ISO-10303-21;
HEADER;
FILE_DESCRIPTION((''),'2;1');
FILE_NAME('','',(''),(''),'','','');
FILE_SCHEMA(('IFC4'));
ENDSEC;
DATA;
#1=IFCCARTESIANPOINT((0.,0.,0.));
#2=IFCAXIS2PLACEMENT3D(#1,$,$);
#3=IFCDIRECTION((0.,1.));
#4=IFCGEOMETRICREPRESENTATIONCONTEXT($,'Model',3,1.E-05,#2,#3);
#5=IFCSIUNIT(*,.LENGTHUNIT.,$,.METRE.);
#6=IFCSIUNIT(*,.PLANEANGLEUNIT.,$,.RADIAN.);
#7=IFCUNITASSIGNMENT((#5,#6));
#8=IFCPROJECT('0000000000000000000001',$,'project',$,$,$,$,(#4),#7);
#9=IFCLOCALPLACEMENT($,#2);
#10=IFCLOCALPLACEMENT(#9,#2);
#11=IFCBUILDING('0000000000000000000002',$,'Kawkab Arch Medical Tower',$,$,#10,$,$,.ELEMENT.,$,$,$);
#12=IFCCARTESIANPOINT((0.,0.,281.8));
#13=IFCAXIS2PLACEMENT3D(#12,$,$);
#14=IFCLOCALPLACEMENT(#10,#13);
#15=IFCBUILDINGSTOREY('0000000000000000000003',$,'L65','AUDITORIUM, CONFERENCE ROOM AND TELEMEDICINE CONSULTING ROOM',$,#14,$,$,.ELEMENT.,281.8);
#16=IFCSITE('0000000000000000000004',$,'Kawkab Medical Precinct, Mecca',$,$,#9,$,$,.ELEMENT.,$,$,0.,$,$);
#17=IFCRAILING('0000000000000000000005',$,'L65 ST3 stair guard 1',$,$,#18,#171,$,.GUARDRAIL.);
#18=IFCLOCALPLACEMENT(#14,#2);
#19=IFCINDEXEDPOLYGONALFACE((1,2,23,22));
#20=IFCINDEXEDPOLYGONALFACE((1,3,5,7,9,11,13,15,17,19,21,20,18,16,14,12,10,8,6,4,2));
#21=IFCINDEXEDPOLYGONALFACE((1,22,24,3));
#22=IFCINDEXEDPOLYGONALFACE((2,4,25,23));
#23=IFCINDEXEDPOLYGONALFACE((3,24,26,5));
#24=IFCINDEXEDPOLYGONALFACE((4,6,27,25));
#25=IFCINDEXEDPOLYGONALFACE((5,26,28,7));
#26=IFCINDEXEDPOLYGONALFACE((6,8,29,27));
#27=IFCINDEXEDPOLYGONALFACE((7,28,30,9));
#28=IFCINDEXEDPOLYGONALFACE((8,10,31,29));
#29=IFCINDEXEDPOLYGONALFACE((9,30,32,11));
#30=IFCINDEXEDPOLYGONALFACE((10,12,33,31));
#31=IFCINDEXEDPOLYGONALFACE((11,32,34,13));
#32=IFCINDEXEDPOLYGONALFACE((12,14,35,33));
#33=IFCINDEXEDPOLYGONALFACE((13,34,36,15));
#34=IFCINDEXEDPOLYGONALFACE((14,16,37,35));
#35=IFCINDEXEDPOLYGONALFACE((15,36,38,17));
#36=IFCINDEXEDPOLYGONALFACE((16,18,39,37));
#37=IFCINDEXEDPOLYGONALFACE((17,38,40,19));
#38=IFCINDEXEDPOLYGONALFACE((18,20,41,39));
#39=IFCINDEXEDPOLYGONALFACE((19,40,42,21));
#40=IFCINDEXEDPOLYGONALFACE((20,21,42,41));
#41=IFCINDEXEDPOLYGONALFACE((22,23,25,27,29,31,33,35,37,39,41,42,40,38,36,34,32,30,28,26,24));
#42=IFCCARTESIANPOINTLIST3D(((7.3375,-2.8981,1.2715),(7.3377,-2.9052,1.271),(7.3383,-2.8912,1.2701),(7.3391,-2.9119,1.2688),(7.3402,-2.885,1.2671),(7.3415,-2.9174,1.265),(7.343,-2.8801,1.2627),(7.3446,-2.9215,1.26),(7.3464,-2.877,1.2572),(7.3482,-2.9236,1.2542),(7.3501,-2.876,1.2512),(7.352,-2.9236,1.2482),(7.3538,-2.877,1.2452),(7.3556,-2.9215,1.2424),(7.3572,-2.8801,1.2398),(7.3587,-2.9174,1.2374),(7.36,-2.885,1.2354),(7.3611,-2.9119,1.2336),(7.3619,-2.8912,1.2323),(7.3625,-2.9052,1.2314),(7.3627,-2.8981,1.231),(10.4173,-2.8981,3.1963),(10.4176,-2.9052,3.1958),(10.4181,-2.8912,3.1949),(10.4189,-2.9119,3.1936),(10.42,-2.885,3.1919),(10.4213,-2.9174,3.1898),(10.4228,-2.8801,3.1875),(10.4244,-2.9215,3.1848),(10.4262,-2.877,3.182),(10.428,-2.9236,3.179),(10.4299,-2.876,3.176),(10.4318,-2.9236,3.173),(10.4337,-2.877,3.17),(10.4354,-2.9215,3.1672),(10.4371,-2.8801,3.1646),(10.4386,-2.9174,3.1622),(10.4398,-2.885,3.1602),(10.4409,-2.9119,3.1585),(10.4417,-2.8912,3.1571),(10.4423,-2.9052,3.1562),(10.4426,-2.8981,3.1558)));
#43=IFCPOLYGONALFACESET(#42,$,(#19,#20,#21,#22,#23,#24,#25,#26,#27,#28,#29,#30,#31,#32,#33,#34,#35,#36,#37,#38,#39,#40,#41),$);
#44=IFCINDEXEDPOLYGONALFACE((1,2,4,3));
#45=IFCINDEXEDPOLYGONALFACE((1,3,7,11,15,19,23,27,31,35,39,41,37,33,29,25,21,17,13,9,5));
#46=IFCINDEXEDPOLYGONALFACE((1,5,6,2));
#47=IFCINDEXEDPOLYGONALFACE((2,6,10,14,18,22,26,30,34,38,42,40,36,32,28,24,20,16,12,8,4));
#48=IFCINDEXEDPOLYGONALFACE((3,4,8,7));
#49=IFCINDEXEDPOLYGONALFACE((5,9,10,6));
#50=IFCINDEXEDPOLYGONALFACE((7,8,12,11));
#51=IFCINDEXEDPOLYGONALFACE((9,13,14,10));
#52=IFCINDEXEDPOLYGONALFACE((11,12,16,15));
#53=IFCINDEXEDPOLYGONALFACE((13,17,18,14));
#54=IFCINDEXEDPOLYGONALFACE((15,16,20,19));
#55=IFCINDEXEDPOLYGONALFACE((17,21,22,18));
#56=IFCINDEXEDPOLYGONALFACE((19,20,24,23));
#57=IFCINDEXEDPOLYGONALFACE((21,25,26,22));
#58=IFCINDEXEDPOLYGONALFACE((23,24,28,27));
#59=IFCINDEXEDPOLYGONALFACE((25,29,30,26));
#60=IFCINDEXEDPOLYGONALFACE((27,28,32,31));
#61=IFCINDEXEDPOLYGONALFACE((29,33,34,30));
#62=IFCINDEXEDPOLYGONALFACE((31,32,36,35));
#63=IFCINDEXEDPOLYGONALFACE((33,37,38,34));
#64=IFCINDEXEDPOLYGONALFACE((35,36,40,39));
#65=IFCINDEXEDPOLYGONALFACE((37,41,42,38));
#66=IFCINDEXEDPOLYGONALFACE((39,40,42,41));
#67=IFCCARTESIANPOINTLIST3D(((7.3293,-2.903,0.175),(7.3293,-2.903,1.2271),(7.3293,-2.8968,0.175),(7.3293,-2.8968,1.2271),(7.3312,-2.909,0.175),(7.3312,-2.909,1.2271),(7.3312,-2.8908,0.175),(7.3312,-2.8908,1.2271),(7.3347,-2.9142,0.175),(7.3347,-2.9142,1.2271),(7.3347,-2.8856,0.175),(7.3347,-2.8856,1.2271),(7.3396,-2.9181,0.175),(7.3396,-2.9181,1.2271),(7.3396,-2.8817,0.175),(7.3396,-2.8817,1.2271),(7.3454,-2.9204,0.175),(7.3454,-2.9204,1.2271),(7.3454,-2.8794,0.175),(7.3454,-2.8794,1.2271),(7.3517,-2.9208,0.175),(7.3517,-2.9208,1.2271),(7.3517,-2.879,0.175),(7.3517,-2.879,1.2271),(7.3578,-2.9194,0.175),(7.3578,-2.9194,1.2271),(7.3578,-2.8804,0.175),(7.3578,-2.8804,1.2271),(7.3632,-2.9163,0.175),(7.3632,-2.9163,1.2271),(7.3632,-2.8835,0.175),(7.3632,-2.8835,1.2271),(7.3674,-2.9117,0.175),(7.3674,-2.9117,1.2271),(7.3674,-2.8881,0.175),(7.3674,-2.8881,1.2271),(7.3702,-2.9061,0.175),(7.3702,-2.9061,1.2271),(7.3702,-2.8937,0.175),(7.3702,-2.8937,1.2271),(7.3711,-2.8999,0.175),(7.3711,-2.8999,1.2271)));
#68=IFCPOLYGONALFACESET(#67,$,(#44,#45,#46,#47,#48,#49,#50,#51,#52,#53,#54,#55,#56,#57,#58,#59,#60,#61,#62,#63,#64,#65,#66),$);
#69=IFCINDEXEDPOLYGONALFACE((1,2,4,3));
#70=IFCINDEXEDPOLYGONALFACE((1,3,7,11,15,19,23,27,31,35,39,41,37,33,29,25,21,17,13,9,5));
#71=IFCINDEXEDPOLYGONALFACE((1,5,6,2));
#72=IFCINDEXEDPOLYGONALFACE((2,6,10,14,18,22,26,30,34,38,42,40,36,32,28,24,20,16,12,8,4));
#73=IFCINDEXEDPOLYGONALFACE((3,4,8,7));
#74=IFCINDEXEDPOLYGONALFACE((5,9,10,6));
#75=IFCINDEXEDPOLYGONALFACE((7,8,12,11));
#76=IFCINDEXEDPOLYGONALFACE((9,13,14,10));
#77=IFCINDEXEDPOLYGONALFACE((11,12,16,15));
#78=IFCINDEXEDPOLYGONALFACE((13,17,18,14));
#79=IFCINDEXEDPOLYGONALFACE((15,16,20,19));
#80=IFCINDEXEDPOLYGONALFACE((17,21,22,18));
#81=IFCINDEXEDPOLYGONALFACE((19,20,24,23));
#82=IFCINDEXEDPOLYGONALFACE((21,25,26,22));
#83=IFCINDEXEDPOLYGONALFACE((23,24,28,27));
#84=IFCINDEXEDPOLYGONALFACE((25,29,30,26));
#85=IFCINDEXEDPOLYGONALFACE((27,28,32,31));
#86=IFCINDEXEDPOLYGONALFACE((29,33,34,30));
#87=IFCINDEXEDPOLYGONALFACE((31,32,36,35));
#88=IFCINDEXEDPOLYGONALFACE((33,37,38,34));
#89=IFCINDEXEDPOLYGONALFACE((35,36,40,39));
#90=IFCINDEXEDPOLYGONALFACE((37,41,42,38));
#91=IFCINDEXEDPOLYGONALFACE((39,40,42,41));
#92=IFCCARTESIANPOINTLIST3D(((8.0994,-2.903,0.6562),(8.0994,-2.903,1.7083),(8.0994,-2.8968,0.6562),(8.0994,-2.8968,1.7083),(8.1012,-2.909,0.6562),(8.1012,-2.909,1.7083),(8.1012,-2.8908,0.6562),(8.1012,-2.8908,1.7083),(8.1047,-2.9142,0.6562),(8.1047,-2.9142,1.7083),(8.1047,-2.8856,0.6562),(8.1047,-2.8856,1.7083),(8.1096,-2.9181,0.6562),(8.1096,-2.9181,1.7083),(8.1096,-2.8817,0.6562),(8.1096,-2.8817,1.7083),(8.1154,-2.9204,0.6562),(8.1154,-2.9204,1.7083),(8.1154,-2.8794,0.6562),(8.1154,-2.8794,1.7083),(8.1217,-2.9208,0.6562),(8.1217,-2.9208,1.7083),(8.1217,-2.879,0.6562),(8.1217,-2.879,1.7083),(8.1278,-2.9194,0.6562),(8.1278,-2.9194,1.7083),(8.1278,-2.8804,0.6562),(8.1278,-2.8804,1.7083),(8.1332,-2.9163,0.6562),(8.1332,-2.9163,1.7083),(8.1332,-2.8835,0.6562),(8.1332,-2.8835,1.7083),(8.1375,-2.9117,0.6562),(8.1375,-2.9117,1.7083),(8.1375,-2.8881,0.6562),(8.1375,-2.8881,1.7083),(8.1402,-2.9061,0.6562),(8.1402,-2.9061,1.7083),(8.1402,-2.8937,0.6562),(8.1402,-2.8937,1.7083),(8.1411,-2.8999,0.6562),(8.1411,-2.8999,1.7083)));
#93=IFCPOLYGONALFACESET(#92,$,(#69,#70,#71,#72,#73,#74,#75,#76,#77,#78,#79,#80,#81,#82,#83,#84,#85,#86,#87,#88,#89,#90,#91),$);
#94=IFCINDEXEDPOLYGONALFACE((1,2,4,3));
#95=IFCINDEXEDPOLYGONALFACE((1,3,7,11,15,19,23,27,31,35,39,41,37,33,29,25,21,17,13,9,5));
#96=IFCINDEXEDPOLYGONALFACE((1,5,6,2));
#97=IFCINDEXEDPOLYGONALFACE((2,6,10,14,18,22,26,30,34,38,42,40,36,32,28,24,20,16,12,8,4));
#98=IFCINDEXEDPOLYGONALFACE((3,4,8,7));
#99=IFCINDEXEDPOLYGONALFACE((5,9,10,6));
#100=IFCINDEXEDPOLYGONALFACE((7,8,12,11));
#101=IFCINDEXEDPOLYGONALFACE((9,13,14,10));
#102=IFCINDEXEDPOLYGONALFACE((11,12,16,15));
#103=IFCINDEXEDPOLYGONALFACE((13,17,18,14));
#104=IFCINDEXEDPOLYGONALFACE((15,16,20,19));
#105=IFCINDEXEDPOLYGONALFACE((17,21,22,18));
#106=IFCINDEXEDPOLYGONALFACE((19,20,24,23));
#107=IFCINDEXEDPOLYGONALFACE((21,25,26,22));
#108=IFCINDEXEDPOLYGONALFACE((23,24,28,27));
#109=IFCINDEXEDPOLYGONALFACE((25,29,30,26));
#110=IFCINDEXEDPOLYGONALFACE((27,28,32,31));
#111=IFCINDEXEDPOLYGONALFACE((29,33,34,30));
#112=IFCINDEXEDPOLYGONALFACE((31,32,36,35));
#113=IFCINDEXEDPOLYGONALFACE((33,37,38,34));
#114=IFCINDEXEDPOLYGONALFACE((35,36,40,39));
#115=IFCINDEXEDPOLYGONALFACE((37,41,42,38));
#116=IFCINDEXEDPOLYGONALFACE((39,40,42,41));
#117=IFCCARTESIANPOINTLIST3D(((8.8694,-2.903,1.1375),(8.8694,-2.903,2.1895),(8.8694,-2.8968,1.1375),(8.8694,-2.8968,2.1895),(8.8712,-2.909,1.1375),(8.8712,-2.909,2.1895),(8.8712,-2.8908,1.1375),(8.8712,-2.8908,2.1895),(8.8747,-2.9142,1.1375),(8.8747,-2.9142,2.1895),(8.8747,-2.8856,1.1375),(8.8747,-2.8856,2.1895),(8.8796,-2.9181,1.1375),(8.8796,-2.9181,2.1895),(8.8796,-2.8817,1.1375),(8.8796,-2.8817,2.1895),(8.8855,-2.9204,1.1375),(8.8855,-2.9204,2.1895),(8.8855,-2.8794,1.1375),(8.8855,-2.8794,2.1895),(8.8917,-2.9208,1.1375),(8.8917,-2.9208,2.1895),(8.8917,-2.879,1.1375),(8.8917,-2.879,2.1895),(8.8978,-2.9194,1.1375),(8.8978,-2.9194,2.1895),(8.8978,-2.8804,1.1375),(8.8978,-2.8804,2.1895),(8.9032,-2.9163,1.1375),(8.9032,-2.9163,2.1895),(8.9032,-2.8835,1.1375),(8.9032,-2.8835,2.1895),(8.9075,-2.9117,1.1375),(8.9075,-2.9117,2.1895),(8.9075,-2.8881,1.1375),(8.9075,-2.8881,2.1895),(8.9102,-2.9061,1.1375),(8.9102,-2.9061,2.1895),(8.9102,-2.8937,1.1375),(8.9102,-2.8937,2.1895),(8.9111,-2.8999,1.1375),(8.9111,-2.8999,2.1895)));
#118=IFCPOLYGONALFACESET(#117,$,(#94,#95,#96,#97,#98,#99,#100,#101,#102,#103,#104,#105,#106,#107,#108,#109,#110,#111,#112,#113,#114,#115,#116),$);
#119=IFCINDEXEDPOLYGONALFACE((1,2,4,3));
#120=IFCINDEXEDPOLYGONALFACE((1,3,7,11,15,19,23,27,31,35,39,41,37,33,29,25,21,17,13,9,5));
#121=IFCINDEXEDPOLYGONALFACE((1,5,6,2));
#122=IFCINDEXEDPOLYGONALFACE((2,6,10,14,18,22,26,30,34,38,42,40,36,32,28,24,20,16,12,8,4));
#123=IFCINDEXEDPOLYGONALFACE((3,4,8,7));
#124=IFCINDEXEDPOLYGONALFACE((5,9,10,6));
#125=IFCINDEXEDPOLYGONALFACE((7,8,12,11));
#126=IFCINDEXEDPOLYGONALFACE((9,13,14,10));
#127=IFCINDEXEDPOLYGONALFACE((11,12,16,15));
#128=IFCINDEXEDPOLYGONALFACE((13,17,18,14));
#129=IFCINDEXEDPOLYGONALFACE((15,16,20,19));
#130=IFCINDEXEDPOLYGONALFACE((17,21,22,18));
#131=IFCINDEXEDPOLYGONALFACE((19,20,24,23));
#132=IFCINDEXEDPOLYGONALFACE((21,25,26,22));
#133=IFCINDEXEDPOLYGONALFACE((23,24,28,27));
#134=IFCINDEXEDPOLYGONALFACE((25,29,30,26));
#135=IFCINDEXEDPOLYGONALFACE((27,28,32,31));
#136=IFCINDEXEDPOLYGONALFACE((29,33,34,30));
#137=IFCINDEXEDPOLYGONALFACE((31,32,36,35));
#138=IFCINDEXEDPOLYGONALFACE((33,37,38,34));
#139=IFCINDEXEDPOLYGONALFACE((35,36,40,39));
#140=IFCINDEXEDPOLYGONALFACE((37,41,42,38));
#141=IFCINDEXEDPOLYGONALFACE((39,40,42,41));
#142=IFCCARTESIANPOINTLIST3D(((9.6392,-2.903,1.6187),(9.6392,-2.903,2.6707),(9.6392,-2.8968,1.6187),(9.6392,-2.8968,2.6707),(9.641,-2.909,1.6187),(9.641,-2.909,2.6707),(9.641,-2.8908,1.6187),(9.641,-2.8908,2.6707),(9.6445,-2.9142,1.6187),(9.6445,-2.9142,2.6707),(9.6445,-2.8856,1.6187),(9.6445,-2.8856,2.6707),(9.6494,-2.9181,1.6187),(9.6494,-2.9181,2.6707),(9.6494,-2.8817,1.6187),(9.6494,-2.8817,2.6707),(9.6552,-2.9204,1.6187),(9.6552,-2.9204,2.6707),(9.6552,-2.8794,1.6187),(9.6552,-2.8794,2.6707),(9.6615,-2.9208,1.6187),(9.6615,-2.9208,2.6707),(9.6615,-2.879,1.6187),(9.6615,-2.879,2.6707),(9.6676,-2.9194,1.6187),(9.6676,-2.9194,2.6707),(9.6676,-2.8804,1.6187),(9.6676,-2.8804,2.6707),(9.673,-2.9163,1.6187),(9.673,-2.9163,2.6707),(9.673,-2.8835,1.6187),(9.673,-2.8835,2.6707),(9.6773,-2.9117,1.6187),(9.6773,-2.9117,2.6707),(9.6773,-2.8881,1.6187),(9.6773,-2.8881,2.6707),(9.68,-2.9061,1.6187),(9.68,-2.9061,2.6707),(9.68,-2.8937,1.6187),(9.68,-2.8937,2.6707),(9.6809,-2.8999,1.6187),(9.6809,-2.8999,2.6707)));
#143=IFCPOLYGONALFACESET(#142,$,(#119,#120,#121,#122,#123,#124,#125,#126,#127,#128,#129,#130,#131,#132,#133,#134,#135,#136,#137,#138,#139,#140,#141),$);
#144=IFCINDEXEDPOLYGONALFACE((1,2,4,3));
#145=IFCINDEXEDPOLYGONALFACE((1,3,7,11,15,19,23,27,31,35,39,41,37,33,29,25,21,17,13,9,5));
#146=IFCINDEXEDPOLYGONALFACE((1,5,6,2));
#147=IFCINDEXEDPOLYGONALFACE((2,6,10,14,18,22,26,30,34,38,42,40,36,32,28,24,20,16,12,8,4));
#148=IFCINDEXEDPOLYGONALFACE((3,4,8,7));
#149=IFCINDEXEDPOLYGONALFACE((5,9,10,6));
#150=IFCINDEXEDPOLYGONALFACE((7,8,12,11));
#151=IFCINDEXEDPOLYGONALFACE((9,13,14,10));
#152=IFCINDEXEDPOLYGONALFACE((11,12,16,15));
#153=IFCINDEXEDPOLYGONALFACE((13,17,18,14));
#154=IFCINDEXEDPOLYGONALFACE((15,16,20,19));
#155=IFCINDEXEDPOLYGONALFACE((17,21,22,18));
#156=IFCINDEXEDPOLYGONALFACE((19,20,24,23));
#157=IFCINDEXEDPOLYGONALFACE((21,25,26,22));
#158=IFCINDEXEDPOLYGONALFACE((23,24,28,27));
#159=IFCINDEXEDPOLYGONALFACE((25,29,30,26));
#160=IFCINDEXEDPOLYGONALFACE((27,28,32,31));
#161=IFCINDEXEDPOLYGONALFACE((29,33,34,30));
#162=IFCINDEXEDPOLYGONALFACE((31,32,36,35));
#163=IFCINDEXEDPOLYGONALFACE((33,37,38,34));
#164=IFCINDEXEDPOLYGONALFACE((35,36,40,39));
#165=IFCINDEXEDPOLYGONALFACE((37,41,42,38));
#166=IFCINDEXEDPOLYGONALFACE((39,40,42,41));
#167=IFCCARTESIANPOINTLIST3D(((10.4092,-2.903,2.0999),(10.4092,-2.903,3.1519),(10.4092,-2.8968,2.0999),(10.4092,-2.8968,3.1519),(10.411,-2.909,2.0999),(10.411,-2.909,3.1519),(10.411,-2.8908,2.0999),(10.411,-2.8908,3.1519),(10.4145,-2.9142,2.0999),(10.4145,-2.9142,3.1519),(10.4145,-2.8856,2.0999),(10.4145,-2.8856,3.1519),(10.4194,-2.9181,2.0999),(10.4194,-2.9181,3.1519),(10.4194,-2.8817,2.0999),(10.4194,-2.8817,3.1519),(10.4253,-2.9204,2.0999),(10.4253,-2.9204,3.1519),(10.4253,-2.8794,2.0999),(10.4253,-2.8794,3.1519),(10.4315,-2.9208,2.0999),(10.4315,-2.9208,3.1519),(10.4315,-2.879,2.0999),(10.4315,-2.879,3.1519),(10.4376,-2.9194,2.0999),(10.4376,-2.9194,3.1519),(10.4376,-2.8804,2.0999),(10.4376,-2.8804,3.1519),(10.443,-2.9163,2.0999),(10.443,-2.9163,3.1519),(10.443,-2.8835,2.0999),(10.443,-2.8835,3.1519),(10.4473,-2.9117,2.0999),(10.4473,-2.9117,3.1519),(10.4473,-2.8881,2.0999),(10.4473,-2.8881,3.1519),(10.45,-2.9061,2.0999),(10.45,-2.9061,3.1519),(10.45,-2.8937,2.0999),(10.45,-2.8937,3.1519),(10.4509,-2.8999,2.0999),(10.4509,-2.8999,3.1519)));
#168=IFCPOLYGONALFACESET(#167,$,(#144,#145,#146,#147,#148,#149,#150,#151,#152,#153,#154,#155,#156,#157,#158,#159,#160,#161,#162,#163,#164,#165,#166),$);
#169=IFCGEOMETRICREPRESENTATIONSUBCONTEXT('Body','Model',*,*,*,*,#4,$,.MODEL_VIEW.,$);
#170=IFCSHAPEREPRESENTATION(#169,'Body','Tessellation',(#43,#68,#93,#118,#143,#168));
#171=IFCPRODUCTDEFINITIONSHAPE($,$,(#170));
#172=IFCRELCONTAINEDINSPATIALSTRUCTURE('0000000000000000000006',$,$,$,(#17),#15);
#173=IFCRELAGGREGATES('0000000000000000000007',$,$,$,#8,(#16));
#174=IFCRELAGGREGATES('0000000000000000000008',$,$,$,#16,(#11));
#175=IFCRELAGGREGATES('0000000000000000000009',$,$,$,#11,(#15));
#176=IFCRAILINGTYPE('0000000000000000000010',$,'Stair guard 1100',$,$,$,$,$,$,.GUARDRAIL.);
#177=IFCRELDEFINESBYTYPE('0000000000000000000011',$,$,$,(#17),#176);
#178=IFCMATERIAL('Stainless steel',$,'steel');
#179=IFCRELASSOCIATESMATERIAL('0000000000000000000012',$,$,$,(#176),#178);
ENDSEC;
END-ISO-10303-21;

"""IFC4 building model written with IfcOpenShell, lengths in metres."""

from ifc_helpers import new_model, si_unit, direction, frame, origin, origin_2d, place, context, subcontext, project, spatial, circle, extrude, material, type_object, element, save


model = new_model("IFC4")

# Units and contexts
model_context = context("Model", 3, precision=1e-05, world=origin(), true_north=direction((0.0, 1.0)))
body_context = subcontext(model_context, "Body", "Model", "MODEL_VIEW")
ifc_project = project(units=[si_unit("LENGTHUNIT", "METRE"), si_unit("PLANEANGLEUNIT", "RADIAN")], contexts=[model_context])

# Site, building, storey
site_placement = place(None, origin())
site = spatial("IfcSite", under=ifc_project, at=site_placement, Name="Kawkab Medical Precinct, Mecca", CompositionType="ELEMENT", RefElevation=0.0)
building_placement = place(site_placement, origin())
building = spatial("IfcBuilding", under=site, at=building_placement, Name="Kawkab Arch Medical Tower", CompositionType="ELEMENT")
storey_placement = place(building_placement, frame((0.0, 0.0, 281.8)))
storey = spatial("IfcBuildingStorey", under=building, at=storey_placement, Name="L65", Description="AUDITORIUM, CONFERENCE ROOM AND TELEMEDICINE CONSULTING ROOM", CompositionType="ELEMENT", Elevation=281.8)

# Railing
ifc_material_1 = material(Name="Stainless steel", Category="steel")
railing_type = type_object("IfcRailingType", Name="Stair guard 1100", PredefinedType="GUARDRAIL", material=ifc_material_1)
railing_placement = place(storey_placement, frame((7.3501, -2.8999, 0.175)))
element("IfcRailing", 1, at=railing_placement, inside=storey, type_object=railing_type, Name="L65 ST3 stair guard 1", PredefinedType="GUARDRAIL", context=body_context, shape_type="SweptSolid", body=[
    extrude(circle(Radius=0.0239, at=origin_2d()), frame((0.0, 0.0, 1.0762), z_axis=(0.84801, 0.0, 0.529981), x_axis=(0.0, 1.0, 0.0)), (0.0, 0.0, 1.0), 3.6318),
    extrude(circle(Radius=0.021, at=origin_2d()), origin(), (0.0, 0.0, 1.0), 1.052),
    extrude(circle(Radius=0.021, at=origin_2d()), frame((0.77, 0.0, 0.4812)), (0.0, 0.0, 1.0), 1.052),
    extrude(circle(Radius=0.021, at=origin_2d()), frame((1.54, 0.0, 0.9624)), (0.0, 0.0, 1.0), 1.052),
    extrude(circle(Radius=0.021, at=origin_2d()), frame((2.3098, 0.0, 1.4436)), (0.0, 0.0, 1.0), 1.052),
    extrude(circle(Radius=0.021, at=origin_2d()), frame((3.0798, 0.0, 1.9248)), (0.0, 0.0, 1.0), 1.052),
])

save(model, "model.ifc")
